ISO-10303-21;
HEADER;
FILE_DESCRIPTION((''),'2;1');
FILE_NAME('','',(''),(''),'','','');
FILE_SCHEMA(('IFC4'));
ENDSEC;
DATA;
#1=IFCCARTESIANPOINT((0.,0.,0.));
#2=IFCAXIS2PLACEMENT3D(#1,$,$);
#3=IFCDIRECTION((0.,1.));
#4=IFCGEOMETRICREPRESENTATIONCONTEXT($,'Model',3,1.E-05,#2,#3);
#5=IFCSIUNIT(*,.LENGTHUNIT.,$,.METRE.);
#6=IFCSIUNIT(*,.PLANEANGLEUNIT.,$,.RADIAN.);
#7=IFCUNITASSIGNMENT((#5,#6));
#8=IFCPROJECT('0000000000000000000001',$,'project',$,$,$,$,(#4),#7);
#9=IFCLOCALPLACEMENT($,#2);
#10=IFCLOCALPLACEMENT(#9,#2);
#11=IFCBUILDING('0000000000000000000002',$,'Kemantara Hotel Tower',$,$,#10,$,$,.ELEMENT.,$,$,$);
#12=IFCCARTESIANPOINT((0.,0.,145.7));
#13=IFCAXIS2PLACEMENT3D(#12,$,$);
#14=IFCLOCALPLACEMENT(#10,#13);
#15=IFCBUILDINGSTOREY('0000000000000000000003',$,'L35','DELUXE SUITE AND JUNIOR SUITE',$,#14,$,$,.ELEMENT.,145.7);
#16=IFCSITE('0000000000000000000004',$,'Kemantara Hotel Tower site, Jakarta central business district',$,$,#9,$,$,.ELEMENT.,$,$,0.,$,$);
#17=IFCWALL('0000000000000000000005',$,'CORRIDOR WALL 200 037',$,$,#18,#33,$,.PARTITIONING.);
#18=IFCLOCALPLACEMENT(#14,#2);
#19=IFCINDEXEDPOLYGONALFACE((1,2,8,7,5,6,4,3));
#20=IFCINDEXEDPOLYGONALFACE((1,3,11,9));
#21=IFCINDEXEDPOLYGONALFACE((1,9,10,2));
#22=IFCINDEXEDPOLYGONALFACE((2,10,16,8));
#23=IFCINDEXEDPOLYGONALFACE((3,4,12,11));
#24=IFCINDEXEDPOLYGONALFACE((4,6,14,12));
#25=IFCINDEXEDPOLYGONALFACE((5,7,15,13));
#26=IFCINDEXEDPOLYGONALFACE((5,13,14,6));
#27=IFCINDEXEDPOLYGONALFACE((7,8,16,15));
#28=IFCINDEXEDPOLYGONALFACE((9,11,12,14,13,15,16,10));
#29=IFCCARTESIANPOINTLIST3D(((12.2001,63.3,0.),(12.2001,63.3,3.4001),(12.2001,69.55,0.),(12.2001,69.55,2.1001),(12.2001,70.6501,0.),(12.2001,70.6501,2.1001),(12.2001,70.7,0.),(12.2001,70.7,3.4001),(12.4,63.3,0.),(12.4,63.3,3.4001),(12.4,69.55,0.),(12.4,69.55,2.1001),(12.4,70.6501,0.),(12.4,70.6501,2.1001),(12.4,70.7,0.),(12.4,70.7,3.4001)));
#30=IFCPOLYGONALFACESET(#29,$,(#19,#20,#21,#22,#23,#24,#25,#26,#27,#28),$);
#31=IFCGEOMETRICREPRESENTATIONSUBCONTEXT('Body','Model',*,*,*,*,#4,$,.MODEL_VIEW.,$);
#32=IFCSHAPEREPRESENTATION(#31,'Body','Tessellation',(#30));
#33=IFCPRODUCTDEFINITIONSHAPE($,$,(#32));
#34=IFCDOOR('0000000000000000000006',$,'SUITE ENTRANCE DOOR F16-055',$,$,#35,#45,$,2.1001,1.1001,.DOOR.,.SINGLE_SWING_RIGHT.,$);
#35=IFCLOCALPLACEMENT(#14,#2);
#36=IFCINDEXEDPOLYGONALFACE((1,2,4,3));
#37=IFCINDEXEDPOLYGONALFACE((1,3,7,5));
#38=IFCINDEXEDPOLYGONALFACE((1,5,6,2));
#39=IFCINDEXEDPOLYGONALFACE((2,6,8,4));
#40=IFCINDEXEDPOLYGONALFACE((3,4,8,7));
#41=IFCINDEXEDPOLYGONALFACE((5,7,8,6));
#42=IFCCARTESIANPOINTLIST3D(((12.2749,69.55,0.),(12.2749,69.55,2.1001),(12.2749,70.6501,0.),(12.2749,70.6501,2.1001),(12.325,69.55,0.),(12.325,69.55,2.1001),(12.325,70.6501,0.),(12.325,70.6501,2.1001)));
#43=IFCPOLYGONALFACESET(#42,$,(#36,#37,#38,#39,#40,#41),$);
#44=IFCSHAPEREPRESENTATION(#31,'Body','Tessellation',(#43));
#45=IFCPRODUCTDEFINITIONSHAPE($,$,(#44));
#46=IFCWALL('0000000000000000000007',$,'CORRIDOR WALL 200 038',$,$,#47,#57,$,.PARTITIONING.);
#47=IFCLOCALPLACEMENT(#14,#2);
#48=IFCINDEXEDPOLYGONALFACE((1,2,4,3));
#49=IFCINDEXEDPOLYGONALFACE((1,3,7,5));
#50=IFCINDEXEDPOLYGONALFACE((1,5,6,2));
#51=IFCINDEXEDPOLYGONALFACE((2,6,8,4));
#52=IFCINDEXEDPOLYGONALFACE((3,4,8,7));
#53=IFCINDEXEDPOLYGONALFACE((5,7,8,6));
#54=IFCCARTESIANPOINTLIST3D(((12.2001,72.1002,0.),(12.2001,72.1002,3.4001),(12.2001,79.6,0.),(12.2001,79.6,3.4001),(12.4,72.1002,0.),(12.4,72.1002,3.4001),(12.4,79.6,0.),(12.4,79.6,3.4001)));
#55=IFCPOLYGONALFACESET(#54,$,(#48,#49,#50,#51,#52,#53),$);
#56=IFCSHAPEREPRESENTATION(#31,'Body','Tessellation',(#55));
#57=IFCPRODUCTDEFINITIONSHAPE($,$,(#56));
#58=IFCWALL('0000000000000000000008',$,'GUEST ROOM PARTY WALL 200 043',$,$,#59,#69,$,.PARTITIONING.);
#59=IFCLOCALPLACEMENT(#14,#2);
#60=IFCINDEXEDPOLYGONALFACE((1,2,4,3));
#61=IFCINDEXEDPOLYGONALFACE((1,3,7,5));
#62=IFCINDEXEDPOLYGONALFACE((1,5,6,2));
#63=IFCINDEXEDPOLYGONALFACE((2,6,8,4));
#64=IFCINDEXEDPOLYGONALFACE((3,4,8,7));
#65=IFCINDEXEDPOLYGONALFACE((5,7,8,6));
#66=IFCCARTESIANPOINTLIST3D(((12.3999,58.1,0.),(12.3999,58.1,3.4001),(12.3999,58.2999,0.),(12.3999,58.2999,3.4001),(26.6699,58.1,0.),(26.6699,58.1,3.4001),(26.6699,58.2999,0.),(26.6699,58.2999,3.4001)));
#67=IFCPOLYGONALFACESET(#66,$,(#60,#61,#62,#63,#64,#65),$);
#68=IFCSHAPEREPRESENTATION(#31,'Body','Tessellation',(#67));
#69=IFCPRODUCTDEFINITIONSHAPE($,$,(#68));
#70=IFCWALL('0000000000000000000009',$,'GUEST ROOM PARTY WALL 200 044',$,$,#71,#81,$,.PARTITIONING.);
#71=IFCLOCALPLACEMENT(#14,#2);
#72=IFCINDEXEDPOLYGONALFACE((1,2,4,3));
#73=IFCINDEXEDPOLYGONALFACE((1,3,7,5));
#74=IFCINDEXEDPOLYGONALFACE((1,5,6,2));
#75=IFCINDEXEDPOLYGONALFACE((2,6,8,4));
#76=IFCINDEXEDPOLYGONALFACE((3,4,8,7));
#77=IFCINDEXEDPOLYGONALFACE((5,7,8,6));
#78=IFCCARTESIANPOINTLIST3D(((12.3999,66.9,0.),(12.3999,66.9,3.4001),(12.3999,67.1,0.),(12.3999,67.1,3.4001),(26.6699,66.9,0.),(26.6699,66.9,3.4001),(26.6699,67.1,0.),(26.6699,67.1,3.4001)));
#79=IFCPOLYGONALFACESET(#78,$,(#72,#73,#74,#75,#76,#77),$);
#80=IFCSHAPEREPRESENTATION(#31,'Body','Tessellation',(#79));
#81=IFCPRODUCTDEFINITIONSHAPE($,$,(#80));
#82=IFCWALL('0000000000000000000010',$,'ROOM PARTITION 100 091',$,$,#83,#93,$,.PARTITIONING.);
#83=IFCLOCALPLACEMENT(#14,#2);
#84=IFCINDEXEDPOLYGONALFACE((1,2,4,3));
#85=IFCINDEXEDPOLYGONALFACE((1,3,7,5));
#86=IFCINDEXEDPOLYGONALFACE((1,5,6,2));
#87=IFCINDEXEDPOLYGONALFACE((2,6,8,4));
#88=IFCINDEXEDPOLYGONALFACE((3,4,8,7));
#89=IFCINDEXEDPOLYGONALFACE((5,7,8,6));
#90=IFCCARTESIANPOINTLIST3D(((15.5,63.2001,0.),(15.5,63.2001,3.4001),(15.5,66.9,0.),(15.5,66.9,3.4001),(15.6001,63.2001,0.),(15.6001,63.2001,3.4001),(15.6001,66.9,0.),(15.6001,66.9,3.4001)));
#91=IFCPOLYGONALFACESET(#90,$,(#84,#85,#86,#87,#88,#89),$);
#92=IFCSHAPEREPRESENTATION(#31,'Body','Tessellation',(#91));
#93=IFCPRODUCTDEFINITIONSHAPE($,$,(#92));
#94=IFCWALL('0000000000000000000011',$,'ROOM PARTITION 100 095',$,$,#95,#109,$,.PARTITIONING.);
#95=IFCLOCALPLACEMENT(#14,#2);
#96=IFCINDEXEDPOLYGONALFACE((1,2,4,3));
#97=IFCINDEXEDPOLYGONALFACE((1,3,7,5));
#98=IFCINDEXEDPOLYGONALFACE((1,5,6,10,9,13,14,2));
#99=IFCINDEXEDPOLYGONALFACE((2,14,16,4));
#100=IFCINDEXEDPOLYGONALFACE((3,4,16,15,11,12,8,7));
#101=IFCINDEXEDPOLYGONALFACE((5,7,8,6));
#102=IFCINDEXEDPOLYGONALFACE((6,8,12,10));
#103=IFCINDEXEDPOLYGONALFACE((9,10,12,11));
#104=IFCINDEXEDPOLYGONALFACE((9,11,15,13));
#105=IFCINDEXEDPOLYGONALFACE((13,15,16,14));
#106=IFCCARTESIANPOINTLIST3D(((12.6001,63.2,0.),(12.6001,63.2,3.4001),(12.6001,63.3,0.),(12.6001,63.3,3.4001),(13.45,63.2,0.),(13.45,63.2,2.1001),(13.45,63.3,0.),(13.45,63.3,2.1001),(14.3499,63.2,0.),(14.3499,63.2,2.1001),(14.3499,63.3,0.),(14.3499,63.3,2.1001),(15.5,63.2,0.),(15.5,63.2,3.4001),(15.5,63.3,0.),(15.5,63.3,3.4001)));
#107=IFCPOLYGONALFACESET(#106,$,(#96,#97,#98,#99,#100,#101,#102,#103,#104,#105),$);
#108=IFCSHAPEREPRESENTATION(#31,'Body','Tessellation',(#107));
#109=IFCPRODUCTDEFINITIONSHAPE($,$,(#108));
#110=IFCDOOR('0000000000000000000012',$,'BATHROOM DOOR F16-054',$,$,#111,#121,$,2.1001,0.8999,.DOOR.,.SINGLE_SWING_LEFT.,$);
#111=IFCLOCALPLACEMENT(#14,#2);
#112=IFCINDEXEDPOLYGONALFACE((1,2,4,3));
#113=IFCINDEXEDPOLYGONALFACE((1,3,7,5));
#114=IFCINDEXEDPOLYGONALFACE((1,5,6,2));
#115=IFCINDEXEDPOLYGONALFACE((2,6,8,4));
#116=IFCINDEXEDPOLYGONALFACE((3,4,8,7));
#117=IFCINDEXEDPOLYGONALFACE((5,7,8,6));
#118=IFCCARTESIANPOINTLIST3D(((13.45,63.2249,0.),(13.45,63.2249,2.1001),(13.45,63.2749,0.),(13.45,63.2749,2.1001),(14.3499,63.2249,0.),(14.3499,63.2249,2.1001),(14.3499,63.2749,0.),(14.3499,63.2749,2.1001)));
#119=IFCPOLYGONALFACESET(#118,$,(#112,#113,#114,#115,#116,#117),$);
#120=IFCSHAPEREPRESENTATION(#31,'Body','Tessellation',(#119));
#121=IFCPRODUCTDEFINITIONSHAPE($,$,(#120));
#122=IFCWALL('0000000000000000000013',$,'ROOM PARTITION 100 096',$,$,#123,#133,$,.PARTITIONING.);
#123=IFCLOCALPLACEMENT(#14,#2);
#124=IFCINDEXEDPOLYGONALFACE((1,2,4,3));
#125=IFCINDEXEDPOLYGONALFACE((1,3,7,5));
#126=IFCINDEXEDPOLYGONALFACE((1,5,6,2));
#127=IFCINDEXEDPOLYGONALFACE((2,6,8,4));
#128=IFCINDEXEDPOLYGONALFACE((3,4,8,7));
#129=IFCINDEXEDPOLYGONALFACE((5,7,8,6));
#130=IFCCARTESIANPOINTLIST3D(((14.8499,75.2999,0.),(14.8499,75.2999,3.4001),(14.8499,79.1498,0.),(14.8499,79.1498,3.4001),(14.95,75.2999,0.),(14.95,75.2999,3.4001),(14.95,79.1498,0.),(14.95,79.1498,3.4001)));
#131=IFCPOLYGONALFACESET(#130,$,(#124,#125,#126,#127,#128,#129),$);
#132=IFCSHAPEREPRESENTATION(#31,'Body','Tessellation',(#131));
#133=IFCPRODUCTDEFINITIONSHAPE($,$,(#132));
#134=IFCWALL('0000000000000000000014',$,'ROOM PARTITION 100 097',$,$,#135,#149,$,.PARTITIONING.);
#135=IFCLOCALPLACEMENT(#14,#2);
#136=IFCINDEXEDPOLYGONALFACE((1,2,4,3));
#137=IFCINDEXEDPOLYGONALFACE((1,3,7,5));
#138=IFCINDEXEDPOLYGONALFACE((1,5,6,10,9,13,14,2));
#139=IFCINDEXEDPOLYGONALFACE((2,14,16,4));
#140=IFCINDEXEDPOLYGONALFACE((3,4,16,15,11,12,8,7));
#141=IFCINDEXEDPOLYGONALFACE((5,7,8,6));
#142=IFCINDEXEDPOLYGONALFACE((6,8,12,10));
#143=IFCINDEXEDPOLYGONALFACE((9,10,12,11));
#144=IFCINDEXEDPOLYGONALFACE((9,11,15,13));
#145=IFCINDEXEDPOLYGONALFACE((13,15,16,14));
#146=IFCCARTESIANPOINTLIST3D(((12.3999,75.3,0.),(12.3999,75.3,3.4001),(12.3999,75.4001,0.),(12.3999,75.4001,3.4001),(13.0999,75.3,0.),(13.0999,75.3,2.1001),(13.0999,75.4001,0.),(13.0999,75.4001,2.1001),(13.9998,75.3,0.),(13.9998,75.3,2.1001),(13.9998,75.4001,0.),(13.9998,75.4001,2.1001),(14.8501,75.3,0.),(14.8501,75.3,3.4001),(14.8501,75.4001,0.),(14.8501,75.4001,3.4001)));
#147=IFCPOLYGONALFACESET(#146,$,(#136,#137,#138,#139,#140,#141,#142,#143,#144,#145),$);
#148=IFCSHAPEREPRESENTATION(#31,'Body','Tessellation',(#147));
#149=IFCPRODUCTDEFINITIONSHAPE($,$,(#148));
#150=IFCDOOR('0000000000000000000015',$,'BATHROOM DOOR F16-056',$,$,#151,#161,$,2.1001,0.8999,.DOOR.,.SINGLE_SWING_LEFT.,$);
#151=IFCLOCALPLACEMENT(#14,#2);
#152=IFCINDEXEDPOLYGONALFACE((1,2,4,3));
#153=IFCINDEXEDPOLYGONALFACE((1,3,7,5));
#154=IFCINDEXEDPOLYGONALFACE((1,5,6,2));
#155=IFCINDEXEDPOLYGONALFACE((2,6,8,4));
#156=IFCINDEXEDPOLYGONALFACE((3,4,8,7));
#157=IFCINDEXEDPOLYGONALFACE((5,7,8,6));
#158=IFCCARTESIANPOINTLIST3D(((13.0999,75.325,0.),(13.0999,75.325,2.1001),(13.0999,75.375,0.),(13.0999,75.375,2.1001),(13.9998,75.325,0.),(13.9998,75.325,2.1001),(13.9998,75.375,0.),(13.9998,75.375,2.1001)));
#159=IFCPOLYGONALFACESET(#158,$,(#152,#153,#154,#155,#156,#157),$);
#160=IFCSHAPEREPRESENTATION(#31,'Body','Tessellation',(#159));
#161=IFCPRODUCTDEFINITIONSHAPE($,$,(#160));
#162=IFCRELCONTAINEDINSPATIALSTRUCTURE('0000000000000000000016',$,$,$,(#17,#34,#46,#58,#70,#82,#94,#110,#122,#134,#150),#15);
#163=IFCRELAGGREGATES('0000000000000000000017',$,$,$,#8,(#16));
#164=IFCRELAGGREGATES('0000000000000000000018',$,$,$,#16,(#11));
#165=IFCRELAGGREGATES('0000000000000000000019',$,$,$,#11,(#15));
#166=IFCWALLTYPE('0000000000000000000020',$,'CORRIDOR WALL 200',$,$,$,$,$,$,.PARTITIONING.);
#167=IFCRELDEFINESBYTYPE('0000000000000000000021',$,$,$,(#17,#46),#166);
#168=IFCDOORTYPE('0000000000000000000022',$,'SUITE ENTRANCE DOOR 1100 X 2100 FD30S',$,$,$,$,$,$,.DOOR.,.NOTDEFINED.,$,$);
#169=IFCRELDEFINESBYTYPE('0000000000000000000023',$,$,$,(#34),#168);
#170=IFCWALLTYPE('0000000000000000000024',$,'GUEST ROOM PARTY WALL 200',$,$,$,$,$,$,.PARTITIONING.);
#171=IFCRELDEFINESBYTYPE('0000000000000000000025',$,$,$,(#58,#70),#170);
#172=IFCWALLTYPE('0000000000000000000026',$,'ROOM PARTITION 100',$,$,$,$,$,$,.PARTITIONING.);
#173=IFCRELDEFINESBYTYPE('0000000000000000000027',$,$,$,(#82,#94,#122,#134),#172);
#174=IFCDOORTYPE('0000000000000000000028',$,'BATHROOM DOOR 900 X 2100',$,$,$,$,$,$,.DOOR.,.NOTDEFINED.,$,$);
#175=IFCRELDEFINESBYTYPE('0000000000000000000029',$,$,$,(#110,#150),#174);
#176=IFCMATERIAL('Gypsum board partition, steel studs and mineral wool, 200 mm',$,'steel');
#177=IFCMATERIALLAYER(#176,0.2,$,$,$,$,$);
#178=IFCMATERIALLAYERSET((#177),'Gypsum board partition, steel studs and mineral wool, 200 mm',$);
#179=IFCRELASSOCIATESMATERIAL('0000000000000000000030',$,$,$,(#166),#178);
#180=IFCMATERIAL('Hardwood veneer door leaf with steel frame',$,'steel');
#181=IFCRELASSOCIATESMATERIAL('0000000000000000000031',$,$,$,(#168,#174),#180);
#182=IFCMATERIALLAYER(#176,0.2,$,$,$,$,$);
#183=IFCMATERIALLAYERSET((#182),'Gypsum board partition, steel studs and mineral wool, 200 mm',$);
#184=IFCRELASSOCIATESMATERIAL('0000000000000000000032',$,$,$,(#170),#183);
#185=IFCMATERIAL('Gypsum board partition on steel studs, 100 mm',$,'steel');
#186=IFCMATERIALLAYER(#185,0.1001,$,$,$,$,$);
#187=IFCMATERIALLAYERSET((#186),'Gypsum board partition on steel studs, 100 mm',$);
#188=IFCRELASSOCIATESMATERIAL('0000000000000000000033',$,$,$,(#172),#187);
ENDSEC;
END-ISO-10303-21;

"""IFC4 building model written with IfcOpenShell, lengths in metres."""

from ifc_helpers import new_model, si_unit, direction, frame, frame_2d, origin, place, context, subcontext, project, spatial, rectangle, extrude, material, layer, layer_set, type_object, element, fill, save


model = new_model("IFC4")

# Units and contexts
model_context = context("Model", 3, precision=1e-05, world=origin(), true_north=direction((0.0, 1.0)))
body_context = subcontext(model_context, "Body", "Model", "MODEL_VIEW")
ifc_project = project(units=[si_unit("LENGTHUNIT", "METRE"), si_unit("PLANEANGLEUNIT", "RADIAN")], contexts=[model_context])

# Site, building, storey
site_placement = place(None, origin())
site = spatial("IfcSite", under=ifc_project, at=site_placement, Name="Kemantara Hotel Tower site, Jakarta central business district", CompositionType="ELEMENT", RefElevation=0.0)
building_placement = place(site_placement, origin())
building = spatial("IfcBuilding", under=site, at=building_placement, Name="Kemantara Hotel Tower", CompositionType="ELEMENT")
storey_placement = place(building_placement, frame((0.0, 0.0, 145.7)))
storey = spatial("IfcBuildingStorey", under=building, at=storey_placement, Name="L35", Description="DELUXE SUITE AND JUNIOR SUITE", CompositionType="ELEMENT", Elevation=145.7)

# Wall, opening, door
ifc_material_1 = material(Name="Gypsum board partition, steel studs and mineral wool, 200 mm", Category="steel")
ifc_layer_1 = layer(ifc_material_1, 0.2)
ifc_layer_set_1 = layer_set([ifc_layer_1], Name="Gypsum board partition, steel studs and mineral wool, 200 mm")
wall_type_1 = type_object("IfcWallType", Name="CORRIDOR WALL 200", PredefinedType="PARTITIONING", material=ifc_layer_set_1)
wall_1_placement = place(storey_placement, frame((12.3, 70.7, 0.0), z_axis=(0.0, 0.0, 1.0), x_axis=(0.0, -1.0, 0.0)))
wall_1 = element("IfcWall", 1, at=wall_1_placement, inside=storey, type_object=wall_type_1, Name="CORRIDOR WALL 200 037", PredefinedType="PARTITIONING", context=body_context, shape_type="SweptSolid", body=[
    extrude(rectangle(XDim=7.3999, YDim=0.2, at=frame_2d((3.7, 0.0))), origin(), (0.0, 0.0, 1.0), 3.4001),
])
opening_1_placement = place(wall_1_placement, frame((0.0498, 0.0, 0.0)))
opening_1 = element("IfcOpeningElement", 2, at=opening_1_placement, cuts=wall_1, PredefinedType="OPENING", context=body_context, shape_type="SweptSolid", body=[
    extrude(rectangle(XDim=1.1001, YDim=2.1001, at=frame_2d((0.55, 1.05))), frame((0.0, 0.1099, 0.0), z_axis=(0.0, -1.0, 0.0), x_axis=(1.0, 0.0, 0.0)), (0.0, 0.0, 1.0), 0.22),
])
ifc_material_2 = material(Name="Hardwood veneer door leaf with steel frame", Category="steel")
door_type_1 = type_object("IfcDoorType", Name="SUITE ENTRANCE DOOR 1100 X 2100 FD30S", OperationType="NOTDEFINED", PredefinedType="DOOR", material=ifc_material_2)
door_1_placement = place(opening_1_placement, origin())
door_1 = element("IfcDoor", 3, at=door_1_placement, inside=storey, type_object=door_type_1, Name="SUITE ENTRANCE DOOR F16-055", OperationType="SINGLE_SWING_RIGHT", OverallHeight=2.1001, OverallWidth=1.1001, PredefinedType="DOOR", context=body_context, shape_type="SweptSolid", body=[
    extrude(rectangle(XDim=1.1001, YDim=2.1001, at=frame_2d((0.55, 1.05))), frame((0.0, 0.0249, 0.0), z_axis=(0.0, -1.0, 0.0), x_axis=(1.0, 0.0, 0.0)), (0.0, 0.0, 1.0), 0.05),
])
fill(opening_1, door_1)

# Walls
wall_2_placement = place(storey_placement, frame((12.3, 72.1001, 0.0), z_axis=(0.0, 0.0, 1.0), x_axis=(0.0, 1.0, 0.0)))
element("IfcWall", 4, at=wall_2_placement, inside=storey, type_object=wall_type_1, Name="CORRIDOR WALL 200 038", PredefinedType="PARTITIONING", context=body_context, shape_type="SweptSolid", body=[
    extrude(rectangle(XDim=7.4998, YDim=0.2, at=frame_2d((3.75, 0.0))), origin(), (0.0, 0.0, 1.0), 3.4001),
])
ifc_layer_2 = layer(ifc_material_1, 0.2)
ifc_layer_set_2 = layer_set([ifc_layer_2], Name="Gypsum board partition, steel studs and mineral wool, 200 mm")
wall_type_2 = type_object("IfcWallType", Name="GUEST ROOM PARTY WALL 200", PredefinedType="PARTITIONING", material=ifc_layer_set_2)
for number, where, z_axis, x_axis, name in (
    (5, (12.3999, 58.2, 0.0), (0.0, 0.0, 1.0), (1.0, 0.0, 0.0), "GUEST ROOM PARTY WALL 200 043"),
    (6, (12.3999, 67.0, 0.0), (0.0, 0.0, 1.0), (1.0, 0.0, 0.0), "GUEST ROOM PARTY WALL 200 044"),
):
    element("IfcWall", number, at=place(storey_placement, frame(where, z_axis=z_axis, x_axis=x_axis)), inside=storey, type_object=wall_type_2, Name=name, PredefinedType="PARTITIONING", context=body_context, shape_type="SweptSolid", body=[
        extrude(rectangle(XDim=14.27, YDim=0.2, at=frame_2d((7.135, 0.0))), origin(), (0.0, 0.0, 1.0), 3.4001),
    ])
ifc_material_3 = material(Name="Gypsum board partition on steel studs, 100 mm", Category="steel")
ifc_layer_3 = layer(ifc_material_3, 0.1001)
ifc_layer_set_3 = layer_set([ifc_layer_3], Name="Gypsum board partition on steel studs, 100 mm")
wall_type_3 = type_object("IfcWallType", Name="ROOM PARTITION 100", PredefinedType="PARTITIONING", material=ifc_layer_set_3)
wall_3_placement = place(storey_placement, frame((15.55, 63.2, 0.0), z_axis=(0.0, 0.0, 1.0), x_axis=(0.0, 1.0, 0.0)))
element("IfcWall", 7, at=wall_3_placement, inside=storey, type_object=wall_type_3, Name="ROOM PARTITION 100 091", PredefinedType="PARTITIONING", context=body_context, shape_type="SweptSolid", body=[
    extrude(rectangle(XDim=3.7, YDim=0.1001, at=frame_2d((1.8501, 0.0))), origin(), (0.0, 0.0, 1.0), 3.4001),
])

# Wall, opening, door
wall_4_placement = place(storey_placement, frame((12.6001, 63.25, 0.0), z_axis=(0.0, 0.0, 1.0), x_axis=(1.0, 0.0, 0.0)))
wall_4 = element("IfcWall", 8, at=wall_4_placement, inside=storey, type_object=wall_type_3, Name="ROOM PARTITION 100 095", PredefinedType="PARTITIONING", context=body_context, shape_type="SweptSolid", body=[
    extrude(rectangle(XDim=2.8999, YDim=0.1001, at=frame_2d((1.45, 0.0))), origin(), (0.0, 0.0, 1.0), 3.4001),
])
opening_2_placement = place(wall_4_placement, frame((0.8499, 0.0, 0.0)))
opening_2 = element("IfcOpeningElement", 9, at=opening_2_placement, cuts=wall_4, PredefinedType="OPENING", context=body_context, shape_type="SweptSolid", body=[
    extrude(rectangle(XDim=0.8999, YDim=2.1001, at=frame_2d((0.45, 1.05))), frame((0.0, 0.0601, 0.0), z_axis=(0.0, -1.0, 0.0), x_axis=(1.0, 0.0, 0.0)), (0.0, 0.0, 1.0), 0.1201),
])
door_type_2 = type_object("IfcDoorType", Name="BATHROOM DOOR 900 X 2100", OperationType="NOTDEFINED", PredefinedType="DOOR", material=ifc_material_2)
door_2_placement = place(opening_2_placement, origin())
door_2 = element("IfcDoor", 10, at=door_2_placement, inside=storey, type_object=door_type_2, Name="BATHROOM DOOR F16-054", OperationType="SINGLE_SWING_LEFT", OverallHeight=2.1001, OverallWidth=0.8999, PredefinedType="DOOR", context=body_context, shape_type="SweptSolid", body=[
    extrude(rectangle(XDim=0.8999, YDim=2.1001, at=frame_2d((0.45, 1.05))), frame((0.0, 0.0249, 0.0), z_axis=(0.0, -1.0, 0.0), x_axis=(1.0, 0.0, 0.0)), (0.0, 0.0, 1.0), 0.05),
])
fill(opening_2, door_2)

# Wall
wall_5_placement = place(storey_placement, frame((14.8999, 75.3, 0.0), z_axis=(0.0, 0.0, 1.0), x_axis=(0.0, 1.0, 0.0)))
element("IfcWall", 11, at=wall_5_placement, inside=storey, type_object=wall_type_3, Name="ROOM PARTITION 100 096", PredefinedType="PARTITIONING", context=body_context, shape_type="SweptSolid", body=[
    extrude(rectangle(XDim=3.8499, YDim=0.1001, at=frame_2d((1.9248, 0.0))), origin(), (0.0, 0.0, 1.0), 3.4001),
])

# Wall, opening, door
wall_6_placement = place(storey_placement, frame((12.3999, 75.3501, 0.0), z_axis=(0.0, 0.0, 1.0), x_axis=(1.0, 0.0, 0.0)))
wall_6 = element("IfcWall", 12, at=wall_6_placement, inside=storey, type_object=wall_type_3, Name="ROOM PARTITION 100 097", PredefinedType="PARTITIONING", context=body_context, shape_type="SweptSolid", body=[
    extrude(rectangle(XDim=2.4502, YDim=0.1001, at=frame_2d((1.2251, 0.0))), origin(), (0.0, 0.0, 1.0), 3.4001),
])
opening_3_placement = place(wall_6_placement, frame((0.7, 0.0, 0.0)))
opening_3 = element("IfcOpeningElement", 13, at=opening_3_placement, cuts=wall_6, PredefinedType="OPENING", context=body_context, shape_type="SweptSolid", body=[
    extrude(rectangle(XDim=0.8999, YDim=2.1001, at=frame_2d((0.45, 1.05))), frame((0.0, 0.0601, 0.0), z_axis=(0.0, -1.0, 0.0), x_axis=(1.0, 0.0, 0.0)), (0.0, 0.0, 1.0), 0.1201),
])
door_3_placement = place(opening_3_placement, origin())
door_3 = element("IfcDoor", 14, at=door_3_placement, inside=storey, type_object=door_type_2, Name="BATHROOM DOOR F16-056", OperationType="SINGLE_SWING_LEFT", OverallHeight=2.1001, OverallWidth=0.8999, PredefinedType="DOOR", context=body_context, shape_type="SweptSolid", body=[
    extrude(rectangle(XDim=0.8999, YDim=2.1001, at=frame_2d((0.45, 1.05))), frame((0.0, 0.0249, 0.0), z_axis=(0.0, -1.0, 0.0), x_axis=(1.0, 0.0, 0.0)), (0.0, 0.0, 1.0), 0.05),
])
fill(opening_3, door_3)

save(model, "model.ifc")
